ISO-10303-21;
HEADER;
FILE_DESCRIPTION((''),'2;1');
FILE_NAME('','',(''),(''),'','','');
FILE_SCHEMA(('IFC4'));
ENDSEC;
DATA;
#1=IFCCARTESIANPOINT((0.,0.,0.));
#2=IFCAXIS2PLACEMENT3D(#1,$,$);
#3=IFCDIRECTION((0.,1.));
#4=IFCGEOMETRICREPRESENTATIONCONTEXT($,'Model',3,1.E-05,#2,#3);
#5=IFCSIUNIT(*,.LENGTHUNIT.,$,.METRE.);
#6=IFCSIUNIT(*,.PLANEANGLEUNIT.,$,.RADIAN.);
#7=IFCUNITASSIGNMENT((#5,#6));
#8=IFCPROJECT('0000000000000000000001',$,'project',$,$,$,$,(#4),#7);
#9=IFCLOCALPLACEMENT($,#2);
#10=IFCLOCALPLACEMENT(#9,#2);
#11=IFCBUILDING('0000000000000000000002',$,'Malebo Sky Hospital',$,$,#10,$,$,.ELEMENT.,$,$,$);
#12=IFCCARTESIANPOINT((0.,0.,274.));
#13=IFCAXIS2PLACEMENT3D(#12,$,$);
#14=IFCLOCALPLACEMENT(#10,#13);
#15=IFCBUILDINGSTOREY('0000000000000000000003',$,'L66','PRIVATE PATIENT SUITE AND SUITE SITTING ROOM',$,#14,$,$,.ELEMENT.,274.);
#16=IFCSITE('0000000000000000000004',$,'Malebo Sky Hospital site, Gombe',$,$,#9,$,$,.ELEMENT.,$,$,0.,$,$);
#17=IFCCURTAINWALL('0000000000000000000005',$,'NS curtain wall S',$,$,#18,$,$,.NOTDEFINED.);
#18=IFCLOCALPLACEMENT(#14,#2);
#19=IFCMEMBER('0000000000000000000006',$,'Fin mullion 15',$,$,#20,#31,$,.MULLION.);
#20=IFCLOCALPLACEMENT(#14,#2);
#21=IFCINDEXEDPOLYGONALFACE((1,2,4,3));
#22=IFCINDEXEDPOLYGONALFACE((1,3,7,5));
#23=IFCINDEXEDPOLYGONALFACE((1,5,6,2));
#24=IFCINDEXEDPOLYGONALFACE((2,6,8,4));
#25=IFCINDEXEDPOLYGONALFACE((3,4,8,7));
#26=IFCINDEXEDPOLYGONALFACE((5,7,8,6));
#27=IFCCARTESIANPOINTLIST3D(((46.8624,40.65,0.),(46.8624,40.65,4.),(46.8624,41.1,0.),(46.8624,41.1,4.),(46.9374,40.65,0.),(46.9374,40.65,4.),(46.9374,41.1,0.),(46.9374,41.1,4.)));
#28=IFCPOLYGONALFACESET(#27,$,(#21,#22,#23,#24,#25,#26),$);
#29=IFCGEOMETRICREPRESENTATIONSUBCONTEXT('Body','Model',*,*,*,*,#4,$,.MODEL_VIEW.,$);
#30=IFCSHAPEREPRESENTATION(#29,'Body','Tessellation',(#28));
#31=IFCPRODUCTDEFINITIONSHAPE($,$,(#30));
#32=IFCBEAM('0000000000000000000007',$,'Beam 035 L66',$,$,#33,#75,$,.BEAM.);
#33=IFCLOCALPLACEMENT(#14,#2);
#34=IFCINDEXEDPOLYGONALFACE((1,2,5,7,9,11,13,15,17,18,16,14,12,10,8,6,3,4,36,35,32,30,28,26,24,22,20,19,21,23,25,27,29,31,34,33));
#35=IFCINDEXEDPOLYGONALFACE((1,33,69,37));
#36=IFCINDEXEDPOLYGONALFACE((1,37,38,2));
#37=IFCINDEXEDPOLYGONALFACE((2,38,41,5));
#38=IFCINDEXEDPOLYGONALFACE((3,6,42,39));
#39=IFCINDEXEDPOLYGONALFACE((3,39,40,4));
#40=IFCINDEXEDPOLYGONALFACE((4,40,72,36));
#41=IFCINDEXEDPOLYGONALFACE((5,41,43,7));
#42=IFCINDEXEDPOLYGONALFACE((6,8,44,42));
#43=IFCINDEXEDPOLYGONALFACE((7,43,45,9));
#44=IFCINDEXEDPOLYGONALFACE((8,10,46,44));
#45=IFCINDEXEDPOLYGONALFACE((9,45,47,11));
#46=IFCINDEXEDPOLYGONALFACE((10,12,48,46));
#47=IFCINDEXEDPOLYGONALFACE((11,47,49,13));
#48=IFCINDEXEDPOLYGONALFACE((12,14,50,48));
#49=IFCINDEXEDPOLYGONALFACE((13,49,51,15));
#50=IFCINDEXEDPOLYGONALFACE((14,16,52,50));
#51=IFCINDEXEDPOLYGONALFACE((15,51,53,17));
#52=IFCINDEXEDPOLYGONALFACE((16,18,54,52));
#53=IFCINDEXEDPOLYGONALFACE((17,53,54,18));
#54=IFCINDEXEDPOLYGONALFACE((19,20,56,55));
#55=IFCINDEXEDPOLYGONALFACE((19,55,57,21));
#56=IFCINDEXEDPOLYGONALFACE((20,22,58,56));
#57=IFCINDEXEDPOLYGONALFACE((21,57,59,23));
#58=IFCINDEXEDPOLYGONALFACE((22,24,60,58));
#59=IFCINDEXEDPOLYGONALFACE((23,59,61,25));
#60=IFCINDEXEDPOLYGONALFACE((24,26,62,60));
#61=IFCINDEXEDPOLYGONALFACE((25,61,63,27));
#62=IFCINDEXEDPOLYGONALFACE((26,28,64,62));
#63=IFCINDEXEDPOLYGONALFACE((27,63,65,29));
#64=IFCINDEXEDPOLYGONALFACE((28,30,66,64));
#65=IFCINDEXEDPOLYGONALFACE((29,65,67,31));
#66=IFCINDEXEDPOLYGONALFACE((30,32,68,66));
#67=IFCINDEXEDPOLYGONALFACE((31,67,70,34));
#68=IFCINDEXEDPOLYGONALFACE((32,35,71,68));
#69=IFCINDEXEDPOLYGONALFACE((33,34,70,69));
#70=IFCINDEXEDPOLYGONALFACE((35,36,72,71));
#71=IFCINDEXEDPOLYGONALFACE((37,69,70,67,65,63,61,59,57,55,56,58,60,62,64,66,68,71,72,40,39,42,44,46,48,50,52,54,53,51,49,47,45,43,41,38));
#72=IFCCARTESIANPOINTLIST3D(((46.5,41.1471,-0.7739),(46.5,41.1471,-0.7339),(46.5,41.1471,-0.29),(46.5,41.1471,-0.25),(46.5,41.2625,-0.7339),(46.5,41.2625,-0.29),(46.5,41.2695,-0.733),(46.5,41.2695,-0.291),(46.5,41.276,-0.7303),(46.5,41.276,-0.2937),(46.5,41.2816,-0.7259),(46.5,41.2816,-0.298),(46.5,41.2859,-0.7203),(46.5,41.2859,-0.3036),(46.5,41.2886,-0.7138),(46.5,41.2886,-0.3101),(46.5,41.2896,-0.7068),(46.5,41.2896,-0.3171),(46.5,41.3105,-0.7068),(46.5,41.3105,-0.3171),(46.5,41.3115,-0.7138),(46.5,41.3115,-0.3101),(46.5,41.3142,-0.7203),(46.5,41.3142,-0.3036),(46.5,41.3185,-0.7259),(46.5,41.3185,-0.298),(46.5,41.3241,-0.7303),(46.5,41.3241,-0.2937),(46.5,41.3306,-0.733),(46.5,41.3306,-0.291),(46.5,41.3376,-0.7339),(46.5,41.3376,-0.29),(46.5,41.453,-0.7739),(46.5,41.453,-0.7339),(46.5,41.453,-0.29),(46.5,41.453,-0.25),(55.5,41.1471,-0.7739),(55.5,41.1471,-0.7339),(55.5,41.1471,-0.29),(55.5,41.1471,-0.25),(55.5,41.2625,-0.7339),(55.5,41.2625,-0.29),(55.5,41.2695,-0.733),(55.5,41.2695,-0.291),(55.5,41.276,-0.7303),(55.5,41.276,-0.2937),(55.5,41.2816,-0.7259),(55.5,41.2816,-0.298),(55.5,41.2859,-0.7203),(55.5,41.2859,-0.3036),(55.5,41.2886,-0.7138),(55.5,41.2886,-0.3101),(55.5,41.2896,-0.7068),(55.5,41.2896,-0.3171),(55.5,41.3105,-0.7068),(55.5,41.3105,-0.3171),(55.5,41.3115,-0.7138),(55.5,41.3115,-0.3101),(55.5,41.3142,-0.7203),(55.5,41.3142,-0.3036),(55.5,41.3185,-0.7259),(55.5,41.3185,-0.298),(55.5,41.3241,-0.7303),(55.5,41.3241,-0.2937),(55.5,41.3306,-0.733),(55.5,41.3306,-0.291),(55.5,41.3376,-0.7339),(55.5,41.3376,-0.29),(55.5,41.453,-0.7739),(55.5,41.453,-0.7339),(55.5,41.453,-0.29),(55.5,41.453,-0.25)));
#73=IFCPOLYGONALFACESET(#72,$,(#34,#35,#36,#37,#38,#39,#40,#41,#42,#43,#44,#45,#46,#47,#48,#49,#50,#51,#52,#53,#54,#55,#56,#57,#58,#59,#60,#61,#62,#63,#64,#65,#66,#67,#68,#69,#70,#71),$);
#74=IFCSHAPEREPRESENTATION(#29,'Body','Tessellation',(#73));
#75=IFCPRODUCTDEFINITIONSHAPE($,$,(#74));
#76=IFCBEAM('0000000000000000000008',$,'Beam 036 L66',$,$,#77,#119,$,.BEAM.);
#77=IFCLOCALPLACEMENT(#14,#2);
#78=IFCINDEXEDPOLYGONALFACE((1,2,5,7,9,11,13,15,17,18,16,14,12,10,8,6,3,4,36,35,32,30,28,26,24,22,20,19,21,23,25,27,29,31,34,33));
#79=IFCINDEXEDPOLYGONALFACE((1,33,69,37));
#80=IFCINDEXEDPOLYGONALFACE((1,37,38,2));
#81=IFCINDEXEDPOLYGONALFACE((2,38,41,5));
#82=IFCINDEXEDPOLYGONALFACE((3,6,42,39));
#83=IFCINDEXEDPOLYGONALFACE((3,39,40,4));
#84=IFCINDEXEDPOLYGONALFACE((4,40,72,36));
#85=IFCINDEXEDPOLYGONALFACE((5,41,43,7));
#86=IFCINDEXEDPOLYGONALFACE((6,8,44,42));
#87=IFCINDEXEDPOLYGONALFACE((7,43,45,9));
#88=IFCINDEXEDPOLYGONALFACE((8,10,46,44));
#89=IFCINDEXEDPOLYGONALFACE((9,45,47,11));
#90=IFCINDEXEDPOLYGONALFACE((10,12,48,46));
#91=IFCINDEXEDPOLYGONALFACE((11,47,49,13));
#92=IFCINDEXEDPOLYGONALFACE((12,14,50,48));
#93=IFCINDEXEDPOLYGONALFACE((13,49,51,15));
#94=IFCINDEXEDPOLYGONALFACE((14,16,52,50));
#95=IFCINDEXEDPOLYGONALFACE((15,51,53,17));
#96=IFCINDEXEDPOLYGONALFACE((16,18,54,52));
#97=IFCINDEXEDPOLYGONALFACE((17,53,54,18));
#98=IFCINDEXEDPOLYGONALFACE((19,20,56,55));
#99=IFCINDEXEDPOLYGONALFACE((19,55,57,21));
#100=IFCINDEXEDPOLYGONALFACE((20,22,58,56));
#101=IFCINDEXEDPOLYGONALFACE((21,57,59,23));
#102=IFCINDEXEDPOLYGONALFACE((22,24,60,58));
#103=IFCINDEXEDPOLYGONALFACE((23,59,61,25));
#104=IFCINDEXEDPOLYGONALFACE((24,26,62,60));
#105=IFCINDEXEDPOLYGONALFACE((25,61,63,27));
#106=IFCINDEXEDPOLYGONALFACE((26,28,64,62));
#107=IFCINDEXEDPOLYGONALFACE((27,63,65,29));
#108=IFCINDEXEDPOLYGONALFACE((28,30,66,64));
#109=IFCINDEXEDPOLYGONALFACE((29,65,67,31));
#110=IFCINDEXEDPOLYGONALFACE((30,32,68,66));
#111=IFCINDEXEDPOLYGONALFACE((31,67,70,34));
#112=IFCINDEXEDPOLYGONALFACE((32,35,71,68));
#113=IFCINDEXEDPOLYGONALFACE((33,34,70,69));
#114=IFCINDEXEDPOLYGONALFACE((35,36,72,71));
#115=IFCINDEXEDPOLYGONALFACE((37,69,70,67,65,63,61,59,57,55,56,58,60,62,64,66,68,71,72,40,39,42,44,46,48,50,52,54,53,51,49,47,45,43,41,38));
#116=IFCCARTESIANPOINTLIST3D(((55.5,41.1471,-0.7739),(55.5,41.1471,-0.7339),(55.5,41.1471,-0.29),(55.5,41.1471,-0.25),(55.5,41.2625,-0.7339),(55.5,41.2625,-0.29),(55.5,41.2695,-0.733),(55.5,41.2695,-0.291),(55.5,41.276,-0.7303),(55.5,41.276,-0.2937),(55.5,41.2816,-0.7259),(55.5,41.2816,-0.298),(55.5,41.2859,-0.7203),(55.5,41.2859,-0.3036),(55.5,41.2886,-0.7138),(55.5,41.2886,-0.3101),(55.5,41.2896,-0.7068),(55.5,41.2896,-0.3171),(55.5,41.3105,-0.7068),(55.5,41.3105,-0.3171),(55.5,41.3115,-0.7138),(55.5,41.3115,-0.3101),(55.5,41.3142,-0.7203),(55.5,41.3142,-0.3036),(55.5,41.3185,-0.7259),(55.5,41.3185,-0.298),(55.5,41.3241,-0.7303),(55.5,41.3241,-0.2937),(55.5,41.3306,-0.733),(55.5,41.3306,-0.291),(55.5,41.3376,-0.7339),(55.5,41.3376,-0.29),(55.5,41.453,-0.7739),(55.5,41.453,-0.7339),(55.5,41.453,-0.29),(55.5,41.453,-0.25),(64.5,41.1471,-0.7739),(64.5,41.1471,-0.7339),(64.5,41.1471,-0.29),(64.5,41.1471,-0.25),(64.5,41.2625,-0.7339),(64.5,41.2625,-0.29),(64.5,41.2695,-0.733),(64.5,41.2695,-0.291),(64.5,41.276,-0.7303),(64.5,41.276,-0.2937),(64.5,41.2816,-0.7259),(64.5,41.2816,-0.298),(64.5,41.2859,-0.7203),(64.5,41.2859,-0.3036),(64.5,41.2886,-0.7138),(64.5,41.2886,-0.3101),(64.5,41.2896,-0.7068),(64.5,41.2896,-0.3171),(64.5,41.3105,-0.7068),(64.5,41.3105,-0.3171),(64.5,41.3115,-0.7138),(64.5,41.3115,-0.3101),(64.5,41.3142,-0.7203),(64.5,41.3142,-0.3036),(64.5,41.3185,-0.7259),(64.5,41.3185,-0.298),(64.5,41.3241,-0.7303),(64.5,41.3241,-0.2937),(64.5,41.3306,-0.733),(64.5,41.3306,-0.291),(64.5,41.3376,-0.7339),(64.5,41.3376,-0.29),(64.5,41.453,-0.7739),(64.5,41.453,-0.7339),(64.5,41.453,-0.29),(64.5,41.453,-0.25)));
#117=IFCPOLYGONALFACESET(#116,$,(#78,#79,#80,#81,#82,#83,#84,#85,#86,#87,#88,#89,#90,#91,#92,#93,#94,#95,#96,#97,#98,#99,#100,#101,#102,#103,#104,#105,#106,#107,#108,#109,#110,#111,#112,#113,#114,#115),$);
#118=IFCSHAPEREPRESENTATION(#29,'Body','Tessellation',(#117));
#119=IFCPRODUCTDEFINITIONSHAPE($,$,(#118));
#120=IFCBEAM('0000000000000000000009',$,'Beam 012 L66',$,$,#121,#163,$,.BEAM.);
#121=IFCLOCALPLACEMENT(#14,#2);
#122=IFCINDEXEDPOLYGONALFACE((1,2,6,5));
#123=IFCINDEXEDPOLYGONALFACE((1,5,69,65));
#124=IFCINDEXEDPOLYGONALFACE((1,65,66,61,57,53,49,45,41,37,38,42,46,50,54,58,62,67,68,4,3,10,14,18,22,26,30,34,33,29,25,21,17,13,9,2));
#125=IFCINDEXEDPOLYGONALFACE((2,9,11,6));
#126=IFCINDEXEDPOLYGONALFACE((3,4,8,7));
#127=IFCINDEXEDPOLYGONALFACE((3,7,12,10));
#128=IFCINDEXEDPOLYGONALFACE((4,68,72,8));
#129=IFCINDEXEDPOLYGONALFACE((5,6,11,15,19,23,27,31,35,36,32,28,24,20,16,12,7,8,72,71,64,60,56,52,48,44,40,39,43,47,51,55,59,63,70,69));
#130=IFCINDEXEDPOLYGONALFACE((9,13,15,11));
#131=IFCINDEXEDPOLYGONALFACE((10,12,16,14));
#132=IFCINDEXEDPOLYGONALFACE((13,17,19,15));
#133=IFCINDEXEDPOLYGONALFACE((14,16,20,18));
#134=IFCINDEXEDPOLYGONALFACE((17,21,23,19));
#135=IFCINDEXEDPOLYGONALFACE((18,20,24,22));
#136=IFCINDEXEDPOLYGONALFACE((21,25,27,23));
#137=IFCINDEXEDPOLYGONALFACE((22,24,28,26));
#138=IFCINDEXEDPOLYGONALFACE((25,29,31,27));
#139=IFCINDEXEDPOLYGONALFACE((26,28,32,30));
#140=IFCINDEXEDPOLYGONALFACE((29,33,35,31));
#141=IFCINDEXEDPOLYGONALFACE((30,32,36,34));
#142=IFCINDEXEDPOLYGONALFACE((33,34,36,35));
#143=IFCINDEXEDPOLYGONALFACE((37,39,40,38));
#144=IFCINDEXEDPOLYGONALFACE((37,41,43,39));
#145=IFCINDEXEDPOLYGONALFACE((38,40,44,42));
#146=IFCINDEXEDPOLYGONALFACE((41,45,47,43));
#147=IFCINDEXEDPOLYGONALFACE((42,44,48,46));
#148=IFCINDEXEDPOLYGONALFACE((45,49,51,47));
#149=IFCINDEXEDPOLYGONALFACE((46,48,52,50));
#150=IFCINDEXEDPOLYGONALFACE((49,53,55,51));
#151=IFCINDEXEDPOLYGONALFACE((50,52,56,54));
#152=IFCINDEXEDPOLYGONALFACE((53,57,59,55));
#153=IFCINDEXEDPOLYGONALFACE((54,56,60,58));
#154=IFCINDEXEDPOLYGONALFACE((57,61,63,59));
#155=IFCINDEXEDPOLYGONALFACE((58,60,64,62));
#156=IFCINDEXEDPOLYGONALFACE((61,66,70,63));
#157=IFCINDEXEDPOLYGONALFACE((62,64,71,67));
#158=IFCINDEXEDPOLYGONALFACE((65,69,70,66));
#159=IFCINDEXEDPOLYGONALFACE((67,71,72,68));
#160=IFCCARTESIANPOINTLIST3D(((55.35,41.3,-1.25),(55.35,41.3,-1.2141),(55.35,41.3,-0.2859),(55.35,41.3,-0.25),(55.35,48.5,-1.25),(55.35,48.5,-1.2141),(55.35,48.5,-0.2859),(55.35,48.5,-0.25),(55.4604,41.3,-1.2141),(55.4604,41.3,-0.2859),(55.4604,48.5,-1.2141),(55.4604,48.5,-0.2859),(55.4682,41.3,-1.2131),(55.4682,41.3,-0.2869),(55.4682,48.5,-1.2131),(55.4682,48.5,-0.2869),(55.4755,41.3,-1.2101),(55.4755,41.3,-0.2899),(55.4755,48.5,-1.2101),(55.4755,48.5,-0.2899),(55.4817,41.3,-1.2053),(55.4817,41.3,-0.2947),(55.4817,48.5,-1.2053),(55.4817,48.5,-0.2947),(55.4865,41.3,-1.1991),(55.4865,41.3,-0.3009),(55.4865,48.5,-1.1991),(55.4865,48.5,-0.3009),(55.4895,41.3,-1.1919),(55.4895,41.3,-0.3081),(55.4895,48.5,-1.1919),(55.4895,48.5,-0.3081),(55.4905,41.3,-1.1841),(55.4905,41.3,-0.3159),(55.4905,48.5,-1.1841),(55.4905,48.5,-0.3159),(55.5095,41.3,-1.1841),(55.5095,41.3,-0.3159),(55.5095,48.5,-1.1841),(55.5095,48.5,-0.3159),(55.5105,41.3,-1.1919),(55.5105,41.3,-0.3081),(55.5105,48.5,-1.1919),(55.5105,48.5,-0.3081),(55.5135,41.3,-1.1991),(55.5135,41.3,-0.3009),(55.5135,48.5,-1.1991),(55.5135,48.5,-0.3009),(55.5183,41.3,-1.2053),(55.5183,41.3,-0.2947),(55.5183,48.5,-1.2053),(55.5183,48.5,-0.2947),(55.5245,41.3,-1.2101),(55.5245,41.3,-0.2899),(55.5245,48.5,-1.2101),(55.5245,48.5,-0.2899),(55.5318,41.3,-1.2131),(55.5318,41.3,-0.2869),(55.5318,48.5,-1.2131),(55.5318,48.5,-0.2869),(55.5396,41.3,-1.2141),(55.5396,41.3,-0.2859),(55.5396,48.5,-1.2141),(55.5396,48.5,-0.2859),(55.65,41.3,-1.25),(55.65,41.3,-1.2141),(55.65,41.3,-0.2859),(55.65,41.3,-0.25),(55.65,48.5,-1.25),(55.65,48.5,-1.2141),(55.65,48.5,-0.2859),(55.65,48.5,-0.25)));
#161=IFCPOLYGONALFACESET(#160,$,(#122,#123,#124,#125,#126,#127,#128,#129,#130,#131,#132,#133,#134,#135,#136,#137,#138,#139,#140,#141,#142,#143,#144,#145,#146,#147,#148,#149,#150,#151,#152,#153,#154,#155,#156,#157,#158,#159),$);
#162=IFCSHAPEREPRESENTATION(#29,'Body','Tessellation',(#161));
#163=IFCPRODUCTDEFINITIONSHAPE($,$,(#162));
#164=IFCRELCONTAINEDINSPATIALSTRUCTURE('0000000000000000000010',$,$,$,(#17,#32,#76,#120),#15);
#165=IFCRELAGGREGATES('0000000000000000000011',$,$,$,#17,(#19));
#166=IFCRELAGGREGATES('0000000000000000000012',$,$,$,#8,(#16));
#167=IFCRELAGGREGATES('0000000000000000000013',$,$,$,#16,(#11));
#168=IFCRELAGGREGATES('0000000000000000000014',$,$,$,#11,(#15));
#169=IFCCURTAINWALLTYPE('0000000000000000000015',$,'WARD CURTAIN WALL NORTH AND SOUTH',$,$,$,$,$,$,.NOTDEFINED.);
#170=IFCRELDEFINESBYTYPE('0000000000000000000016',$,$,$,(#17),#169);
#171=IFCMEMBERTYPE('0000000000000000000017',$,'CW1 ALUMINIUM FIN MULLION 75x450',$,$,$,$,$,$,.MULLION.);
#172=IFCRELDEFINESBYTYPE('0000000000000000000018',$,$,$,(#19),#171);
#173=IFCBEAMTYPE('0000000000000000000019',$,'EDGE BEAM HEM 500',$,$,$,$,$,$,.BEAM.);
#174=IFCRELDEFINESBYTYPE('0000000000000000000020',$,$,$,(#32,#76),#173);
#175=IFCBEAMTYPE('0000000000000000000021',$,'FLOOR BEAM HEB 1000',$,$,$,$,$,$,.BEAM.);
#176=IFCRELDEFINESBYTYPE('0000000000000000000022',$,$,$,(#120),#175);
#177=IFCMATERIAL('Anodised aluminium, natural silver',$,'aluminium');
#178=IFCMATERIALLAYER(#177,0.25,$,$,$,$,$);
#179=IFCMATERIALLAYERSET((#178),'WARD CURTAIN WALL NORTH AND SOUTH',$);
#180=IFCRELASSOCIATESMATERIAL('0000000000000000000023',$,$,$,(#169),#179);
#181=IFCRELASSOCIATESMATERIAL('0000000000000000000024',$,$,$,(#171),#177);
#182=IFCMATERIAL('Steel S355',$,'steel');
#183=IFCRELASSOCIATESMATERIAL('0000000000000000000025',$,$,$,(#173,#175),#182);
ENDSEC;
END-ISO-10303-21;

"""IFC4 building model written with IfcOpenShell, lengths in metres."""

from ifc_helpers import new_model, si_unit, direction, frame, origin, origin_2d, place, context, subcontext, project, spatial, rectangle, i_section, extrude, material, layer, layer_set, material_profile, profile_set, type_object, element, aggregate, save


model = new_model("IFC4")

# Units and contexts
model_context = context("Model", 3, precision=1e-05, world=origin(), true_north=direction((0.0, 1.0)))
body_context = subcontext(model_context, "Body", "Model", "MODEL_VIEW")
ifc_project = project(units=[si_unit("LENGTHUNIT", "METRE"), si_unit("PLANEANGLEUNIT", "RADIAN")], contexts=[model_context])

# Site, building, storey
site_placement = place(None, origin())
site = spatial("IfcSite", under=ifc_project, at=site_placement, Name="Malebo Sky Hospital site, Gombe", CompositionType="ELEMENT", RefElevation=0.0)
building_placement = place(site_placement, origin())
building = spatial("IfcBuilding", under=site, at=building_placement, Name="Malebo Sky Hospital", CompositionType="ELEMENT")
storey_placement = place(building_placement, frame((0.0, 0.0, 274.0)))
storey = spatial("IfcBuildingStorey", under=building, at=storey_placement, Name="L66", Description="PRIVATE PATIENT SUITE AND SUITE SITTING ROOM", CompositionType="ELEMENT", Elevation=274.0)

# Curtain wall
ifc_material_1 = material(Name="Anodised aluminium, natural silver", Category="aluminium")
ifc_layer_1 = layer(ifc_material_1, 0.25)
ifc_layer_set_1 = layer_set([ifc_layer_1], Name="WARD CURTAIN WALL NORTH AND SOUTH")
curtain_wall_type = type_object("IfcCurtainWallType", Name="WARD CURTAIN WALL NORTH AND SOUTH", PredefinedType="NOTDEFINED", material=ifc_layer_set_1)
curtain_wall_placement = place(storey_placement, origin())
curtain_wall = element("IfcCurtainWall", 1, at=curtain_wall_placement, inside=storey, type_object=curtain_wall_type, Name="NS curtain wall S", PredefinedType="NOTDEFINED")

# Member
ifc_material_2 = material(Name="Steel S355", Category="steel")
ifc_material_profile_1 = material_profile(ifc_material_1, rectangle(XDim=0.075, YDim=0.45, at=origin_2d()), Name="CW1 ALUMINIUM FIN MULLION 75x450")
ifc_profile_set_1 = profile_set([ifc_material_profile_1], Name="Anodised aluminium, natural silver")
member_type_1 = type_object("IfcMemberType", Name="CW1 ALUMINIUM FIN MULLION 75x450", PredefinedType="MULLION", material=ifc_profile_set_1)
member_1_placement = place(storey_placement, frame((46.8999, 40.875, 0.0), z_axis=(0.0, 0.0, 1.0), x_axis=(-1.0, 0.0, 0.0)))
member_1 = element("IfcMember", 2, at=member_1_placement, type_object=member_type_1, Name="Fin mullion 15", PredefinedType="MULLION", context=body_context, shape_type="SweptSolid", body=[
    extrude(rectangle(XDim=0.075, YDim=0.45, at=origin_2d()), origin(), (0.0, 0.0, 1.0), 4.0),
])

# Beams
ifc_material_profile_2 = material_profile(ifc_material_2, i_section(OverallWidth=0.3059, OverallDepth=0.5239, WebThickness=0.021, FlangeThickness=0.04, FilletRadius=0.0271, at=origin_2d()), Name="HEM 500")
ifc_profile_set_2 = profile_set([ifc_material_profile_2], Name="Steel S355")
beam_type_1 = type_object("IfcBeamType", Name="EDGE BEAM HEM 500", PredefinedType="BEAM", material=ifc_profile_set_2)
for number, where, z_axis, x_axis, name in (
    (3, (46.5, 41.3, -0.512), (1.0, 0.0, 0.0), (0.0, 1.0, 0.0), "Beam 035 L66"),
    (4, (55.5, 41.3, -0.512), (1.0, 0.0, 0.0), (0.0, 1.0, 0.0), "Beam 036 L66"),
):
    element("IfcBeam", number, at=place(storey_placement, frame(where, z_axis=z_axis, x_axis=x_axis)), inside=storey, type_object=beam_type_1, Name=name, PredefinedType="BEAM", context=body_context, shape_type="SweptSolid", body=[
        extrude(i_section(OverallWidth=0.3059, OverallDepth=0.5239, WebThickness=0.021, FlangeThickness=0.04, FilletRadius=0.0271, at=origin_2d()), origin(), (0.0, 0.0, 1.0), 9.0),
    ])
ifc_material_profile_3 = material_profile(ifc_material_2, i_section(OverallWidth=0.3, OverallDepth=1.0, WebThickness=0.019, FlangeThickness=0.0359, FilletRadius=0.03, at=origin_2d()), Name="HEB 1000")
ifc_profile_set_3 = profile_set([ifc_material_profile_3], Name="Steel S355")
beam_type_2 = type_object("IfcBeamType", Name="FLOOR BEAM HEB 1000", PredefinedType="BEAM", material=ifc_profile_set_3)
beam_1_placement = place(storey_placement, frame((55.5, 41.3, -0.75), z_axis=(0.0, 1.0, 0.0), x_axis=(-1.0, 0.0, 0.0)))
element("IfcBeam", 5, at=beam_1_placement, inside=storey, type_object=beam_type_2, Name="Beam 012 L66", PredefinedType="BEAM", context=body_context, shape_type="SweptSolid", body=[
    extrude(i_section(OverallWidth=0.3, OverallDepth=1.0, WebThickness=0.019, FlangeThickness=0.0359, FilletRadius=0.03, at=origin_2d()), origin(), (0.0, 0.0, 1.0), 7.2),
])

aggregate(curtain_wall, [member_1])

save(model, "model.ifc")
